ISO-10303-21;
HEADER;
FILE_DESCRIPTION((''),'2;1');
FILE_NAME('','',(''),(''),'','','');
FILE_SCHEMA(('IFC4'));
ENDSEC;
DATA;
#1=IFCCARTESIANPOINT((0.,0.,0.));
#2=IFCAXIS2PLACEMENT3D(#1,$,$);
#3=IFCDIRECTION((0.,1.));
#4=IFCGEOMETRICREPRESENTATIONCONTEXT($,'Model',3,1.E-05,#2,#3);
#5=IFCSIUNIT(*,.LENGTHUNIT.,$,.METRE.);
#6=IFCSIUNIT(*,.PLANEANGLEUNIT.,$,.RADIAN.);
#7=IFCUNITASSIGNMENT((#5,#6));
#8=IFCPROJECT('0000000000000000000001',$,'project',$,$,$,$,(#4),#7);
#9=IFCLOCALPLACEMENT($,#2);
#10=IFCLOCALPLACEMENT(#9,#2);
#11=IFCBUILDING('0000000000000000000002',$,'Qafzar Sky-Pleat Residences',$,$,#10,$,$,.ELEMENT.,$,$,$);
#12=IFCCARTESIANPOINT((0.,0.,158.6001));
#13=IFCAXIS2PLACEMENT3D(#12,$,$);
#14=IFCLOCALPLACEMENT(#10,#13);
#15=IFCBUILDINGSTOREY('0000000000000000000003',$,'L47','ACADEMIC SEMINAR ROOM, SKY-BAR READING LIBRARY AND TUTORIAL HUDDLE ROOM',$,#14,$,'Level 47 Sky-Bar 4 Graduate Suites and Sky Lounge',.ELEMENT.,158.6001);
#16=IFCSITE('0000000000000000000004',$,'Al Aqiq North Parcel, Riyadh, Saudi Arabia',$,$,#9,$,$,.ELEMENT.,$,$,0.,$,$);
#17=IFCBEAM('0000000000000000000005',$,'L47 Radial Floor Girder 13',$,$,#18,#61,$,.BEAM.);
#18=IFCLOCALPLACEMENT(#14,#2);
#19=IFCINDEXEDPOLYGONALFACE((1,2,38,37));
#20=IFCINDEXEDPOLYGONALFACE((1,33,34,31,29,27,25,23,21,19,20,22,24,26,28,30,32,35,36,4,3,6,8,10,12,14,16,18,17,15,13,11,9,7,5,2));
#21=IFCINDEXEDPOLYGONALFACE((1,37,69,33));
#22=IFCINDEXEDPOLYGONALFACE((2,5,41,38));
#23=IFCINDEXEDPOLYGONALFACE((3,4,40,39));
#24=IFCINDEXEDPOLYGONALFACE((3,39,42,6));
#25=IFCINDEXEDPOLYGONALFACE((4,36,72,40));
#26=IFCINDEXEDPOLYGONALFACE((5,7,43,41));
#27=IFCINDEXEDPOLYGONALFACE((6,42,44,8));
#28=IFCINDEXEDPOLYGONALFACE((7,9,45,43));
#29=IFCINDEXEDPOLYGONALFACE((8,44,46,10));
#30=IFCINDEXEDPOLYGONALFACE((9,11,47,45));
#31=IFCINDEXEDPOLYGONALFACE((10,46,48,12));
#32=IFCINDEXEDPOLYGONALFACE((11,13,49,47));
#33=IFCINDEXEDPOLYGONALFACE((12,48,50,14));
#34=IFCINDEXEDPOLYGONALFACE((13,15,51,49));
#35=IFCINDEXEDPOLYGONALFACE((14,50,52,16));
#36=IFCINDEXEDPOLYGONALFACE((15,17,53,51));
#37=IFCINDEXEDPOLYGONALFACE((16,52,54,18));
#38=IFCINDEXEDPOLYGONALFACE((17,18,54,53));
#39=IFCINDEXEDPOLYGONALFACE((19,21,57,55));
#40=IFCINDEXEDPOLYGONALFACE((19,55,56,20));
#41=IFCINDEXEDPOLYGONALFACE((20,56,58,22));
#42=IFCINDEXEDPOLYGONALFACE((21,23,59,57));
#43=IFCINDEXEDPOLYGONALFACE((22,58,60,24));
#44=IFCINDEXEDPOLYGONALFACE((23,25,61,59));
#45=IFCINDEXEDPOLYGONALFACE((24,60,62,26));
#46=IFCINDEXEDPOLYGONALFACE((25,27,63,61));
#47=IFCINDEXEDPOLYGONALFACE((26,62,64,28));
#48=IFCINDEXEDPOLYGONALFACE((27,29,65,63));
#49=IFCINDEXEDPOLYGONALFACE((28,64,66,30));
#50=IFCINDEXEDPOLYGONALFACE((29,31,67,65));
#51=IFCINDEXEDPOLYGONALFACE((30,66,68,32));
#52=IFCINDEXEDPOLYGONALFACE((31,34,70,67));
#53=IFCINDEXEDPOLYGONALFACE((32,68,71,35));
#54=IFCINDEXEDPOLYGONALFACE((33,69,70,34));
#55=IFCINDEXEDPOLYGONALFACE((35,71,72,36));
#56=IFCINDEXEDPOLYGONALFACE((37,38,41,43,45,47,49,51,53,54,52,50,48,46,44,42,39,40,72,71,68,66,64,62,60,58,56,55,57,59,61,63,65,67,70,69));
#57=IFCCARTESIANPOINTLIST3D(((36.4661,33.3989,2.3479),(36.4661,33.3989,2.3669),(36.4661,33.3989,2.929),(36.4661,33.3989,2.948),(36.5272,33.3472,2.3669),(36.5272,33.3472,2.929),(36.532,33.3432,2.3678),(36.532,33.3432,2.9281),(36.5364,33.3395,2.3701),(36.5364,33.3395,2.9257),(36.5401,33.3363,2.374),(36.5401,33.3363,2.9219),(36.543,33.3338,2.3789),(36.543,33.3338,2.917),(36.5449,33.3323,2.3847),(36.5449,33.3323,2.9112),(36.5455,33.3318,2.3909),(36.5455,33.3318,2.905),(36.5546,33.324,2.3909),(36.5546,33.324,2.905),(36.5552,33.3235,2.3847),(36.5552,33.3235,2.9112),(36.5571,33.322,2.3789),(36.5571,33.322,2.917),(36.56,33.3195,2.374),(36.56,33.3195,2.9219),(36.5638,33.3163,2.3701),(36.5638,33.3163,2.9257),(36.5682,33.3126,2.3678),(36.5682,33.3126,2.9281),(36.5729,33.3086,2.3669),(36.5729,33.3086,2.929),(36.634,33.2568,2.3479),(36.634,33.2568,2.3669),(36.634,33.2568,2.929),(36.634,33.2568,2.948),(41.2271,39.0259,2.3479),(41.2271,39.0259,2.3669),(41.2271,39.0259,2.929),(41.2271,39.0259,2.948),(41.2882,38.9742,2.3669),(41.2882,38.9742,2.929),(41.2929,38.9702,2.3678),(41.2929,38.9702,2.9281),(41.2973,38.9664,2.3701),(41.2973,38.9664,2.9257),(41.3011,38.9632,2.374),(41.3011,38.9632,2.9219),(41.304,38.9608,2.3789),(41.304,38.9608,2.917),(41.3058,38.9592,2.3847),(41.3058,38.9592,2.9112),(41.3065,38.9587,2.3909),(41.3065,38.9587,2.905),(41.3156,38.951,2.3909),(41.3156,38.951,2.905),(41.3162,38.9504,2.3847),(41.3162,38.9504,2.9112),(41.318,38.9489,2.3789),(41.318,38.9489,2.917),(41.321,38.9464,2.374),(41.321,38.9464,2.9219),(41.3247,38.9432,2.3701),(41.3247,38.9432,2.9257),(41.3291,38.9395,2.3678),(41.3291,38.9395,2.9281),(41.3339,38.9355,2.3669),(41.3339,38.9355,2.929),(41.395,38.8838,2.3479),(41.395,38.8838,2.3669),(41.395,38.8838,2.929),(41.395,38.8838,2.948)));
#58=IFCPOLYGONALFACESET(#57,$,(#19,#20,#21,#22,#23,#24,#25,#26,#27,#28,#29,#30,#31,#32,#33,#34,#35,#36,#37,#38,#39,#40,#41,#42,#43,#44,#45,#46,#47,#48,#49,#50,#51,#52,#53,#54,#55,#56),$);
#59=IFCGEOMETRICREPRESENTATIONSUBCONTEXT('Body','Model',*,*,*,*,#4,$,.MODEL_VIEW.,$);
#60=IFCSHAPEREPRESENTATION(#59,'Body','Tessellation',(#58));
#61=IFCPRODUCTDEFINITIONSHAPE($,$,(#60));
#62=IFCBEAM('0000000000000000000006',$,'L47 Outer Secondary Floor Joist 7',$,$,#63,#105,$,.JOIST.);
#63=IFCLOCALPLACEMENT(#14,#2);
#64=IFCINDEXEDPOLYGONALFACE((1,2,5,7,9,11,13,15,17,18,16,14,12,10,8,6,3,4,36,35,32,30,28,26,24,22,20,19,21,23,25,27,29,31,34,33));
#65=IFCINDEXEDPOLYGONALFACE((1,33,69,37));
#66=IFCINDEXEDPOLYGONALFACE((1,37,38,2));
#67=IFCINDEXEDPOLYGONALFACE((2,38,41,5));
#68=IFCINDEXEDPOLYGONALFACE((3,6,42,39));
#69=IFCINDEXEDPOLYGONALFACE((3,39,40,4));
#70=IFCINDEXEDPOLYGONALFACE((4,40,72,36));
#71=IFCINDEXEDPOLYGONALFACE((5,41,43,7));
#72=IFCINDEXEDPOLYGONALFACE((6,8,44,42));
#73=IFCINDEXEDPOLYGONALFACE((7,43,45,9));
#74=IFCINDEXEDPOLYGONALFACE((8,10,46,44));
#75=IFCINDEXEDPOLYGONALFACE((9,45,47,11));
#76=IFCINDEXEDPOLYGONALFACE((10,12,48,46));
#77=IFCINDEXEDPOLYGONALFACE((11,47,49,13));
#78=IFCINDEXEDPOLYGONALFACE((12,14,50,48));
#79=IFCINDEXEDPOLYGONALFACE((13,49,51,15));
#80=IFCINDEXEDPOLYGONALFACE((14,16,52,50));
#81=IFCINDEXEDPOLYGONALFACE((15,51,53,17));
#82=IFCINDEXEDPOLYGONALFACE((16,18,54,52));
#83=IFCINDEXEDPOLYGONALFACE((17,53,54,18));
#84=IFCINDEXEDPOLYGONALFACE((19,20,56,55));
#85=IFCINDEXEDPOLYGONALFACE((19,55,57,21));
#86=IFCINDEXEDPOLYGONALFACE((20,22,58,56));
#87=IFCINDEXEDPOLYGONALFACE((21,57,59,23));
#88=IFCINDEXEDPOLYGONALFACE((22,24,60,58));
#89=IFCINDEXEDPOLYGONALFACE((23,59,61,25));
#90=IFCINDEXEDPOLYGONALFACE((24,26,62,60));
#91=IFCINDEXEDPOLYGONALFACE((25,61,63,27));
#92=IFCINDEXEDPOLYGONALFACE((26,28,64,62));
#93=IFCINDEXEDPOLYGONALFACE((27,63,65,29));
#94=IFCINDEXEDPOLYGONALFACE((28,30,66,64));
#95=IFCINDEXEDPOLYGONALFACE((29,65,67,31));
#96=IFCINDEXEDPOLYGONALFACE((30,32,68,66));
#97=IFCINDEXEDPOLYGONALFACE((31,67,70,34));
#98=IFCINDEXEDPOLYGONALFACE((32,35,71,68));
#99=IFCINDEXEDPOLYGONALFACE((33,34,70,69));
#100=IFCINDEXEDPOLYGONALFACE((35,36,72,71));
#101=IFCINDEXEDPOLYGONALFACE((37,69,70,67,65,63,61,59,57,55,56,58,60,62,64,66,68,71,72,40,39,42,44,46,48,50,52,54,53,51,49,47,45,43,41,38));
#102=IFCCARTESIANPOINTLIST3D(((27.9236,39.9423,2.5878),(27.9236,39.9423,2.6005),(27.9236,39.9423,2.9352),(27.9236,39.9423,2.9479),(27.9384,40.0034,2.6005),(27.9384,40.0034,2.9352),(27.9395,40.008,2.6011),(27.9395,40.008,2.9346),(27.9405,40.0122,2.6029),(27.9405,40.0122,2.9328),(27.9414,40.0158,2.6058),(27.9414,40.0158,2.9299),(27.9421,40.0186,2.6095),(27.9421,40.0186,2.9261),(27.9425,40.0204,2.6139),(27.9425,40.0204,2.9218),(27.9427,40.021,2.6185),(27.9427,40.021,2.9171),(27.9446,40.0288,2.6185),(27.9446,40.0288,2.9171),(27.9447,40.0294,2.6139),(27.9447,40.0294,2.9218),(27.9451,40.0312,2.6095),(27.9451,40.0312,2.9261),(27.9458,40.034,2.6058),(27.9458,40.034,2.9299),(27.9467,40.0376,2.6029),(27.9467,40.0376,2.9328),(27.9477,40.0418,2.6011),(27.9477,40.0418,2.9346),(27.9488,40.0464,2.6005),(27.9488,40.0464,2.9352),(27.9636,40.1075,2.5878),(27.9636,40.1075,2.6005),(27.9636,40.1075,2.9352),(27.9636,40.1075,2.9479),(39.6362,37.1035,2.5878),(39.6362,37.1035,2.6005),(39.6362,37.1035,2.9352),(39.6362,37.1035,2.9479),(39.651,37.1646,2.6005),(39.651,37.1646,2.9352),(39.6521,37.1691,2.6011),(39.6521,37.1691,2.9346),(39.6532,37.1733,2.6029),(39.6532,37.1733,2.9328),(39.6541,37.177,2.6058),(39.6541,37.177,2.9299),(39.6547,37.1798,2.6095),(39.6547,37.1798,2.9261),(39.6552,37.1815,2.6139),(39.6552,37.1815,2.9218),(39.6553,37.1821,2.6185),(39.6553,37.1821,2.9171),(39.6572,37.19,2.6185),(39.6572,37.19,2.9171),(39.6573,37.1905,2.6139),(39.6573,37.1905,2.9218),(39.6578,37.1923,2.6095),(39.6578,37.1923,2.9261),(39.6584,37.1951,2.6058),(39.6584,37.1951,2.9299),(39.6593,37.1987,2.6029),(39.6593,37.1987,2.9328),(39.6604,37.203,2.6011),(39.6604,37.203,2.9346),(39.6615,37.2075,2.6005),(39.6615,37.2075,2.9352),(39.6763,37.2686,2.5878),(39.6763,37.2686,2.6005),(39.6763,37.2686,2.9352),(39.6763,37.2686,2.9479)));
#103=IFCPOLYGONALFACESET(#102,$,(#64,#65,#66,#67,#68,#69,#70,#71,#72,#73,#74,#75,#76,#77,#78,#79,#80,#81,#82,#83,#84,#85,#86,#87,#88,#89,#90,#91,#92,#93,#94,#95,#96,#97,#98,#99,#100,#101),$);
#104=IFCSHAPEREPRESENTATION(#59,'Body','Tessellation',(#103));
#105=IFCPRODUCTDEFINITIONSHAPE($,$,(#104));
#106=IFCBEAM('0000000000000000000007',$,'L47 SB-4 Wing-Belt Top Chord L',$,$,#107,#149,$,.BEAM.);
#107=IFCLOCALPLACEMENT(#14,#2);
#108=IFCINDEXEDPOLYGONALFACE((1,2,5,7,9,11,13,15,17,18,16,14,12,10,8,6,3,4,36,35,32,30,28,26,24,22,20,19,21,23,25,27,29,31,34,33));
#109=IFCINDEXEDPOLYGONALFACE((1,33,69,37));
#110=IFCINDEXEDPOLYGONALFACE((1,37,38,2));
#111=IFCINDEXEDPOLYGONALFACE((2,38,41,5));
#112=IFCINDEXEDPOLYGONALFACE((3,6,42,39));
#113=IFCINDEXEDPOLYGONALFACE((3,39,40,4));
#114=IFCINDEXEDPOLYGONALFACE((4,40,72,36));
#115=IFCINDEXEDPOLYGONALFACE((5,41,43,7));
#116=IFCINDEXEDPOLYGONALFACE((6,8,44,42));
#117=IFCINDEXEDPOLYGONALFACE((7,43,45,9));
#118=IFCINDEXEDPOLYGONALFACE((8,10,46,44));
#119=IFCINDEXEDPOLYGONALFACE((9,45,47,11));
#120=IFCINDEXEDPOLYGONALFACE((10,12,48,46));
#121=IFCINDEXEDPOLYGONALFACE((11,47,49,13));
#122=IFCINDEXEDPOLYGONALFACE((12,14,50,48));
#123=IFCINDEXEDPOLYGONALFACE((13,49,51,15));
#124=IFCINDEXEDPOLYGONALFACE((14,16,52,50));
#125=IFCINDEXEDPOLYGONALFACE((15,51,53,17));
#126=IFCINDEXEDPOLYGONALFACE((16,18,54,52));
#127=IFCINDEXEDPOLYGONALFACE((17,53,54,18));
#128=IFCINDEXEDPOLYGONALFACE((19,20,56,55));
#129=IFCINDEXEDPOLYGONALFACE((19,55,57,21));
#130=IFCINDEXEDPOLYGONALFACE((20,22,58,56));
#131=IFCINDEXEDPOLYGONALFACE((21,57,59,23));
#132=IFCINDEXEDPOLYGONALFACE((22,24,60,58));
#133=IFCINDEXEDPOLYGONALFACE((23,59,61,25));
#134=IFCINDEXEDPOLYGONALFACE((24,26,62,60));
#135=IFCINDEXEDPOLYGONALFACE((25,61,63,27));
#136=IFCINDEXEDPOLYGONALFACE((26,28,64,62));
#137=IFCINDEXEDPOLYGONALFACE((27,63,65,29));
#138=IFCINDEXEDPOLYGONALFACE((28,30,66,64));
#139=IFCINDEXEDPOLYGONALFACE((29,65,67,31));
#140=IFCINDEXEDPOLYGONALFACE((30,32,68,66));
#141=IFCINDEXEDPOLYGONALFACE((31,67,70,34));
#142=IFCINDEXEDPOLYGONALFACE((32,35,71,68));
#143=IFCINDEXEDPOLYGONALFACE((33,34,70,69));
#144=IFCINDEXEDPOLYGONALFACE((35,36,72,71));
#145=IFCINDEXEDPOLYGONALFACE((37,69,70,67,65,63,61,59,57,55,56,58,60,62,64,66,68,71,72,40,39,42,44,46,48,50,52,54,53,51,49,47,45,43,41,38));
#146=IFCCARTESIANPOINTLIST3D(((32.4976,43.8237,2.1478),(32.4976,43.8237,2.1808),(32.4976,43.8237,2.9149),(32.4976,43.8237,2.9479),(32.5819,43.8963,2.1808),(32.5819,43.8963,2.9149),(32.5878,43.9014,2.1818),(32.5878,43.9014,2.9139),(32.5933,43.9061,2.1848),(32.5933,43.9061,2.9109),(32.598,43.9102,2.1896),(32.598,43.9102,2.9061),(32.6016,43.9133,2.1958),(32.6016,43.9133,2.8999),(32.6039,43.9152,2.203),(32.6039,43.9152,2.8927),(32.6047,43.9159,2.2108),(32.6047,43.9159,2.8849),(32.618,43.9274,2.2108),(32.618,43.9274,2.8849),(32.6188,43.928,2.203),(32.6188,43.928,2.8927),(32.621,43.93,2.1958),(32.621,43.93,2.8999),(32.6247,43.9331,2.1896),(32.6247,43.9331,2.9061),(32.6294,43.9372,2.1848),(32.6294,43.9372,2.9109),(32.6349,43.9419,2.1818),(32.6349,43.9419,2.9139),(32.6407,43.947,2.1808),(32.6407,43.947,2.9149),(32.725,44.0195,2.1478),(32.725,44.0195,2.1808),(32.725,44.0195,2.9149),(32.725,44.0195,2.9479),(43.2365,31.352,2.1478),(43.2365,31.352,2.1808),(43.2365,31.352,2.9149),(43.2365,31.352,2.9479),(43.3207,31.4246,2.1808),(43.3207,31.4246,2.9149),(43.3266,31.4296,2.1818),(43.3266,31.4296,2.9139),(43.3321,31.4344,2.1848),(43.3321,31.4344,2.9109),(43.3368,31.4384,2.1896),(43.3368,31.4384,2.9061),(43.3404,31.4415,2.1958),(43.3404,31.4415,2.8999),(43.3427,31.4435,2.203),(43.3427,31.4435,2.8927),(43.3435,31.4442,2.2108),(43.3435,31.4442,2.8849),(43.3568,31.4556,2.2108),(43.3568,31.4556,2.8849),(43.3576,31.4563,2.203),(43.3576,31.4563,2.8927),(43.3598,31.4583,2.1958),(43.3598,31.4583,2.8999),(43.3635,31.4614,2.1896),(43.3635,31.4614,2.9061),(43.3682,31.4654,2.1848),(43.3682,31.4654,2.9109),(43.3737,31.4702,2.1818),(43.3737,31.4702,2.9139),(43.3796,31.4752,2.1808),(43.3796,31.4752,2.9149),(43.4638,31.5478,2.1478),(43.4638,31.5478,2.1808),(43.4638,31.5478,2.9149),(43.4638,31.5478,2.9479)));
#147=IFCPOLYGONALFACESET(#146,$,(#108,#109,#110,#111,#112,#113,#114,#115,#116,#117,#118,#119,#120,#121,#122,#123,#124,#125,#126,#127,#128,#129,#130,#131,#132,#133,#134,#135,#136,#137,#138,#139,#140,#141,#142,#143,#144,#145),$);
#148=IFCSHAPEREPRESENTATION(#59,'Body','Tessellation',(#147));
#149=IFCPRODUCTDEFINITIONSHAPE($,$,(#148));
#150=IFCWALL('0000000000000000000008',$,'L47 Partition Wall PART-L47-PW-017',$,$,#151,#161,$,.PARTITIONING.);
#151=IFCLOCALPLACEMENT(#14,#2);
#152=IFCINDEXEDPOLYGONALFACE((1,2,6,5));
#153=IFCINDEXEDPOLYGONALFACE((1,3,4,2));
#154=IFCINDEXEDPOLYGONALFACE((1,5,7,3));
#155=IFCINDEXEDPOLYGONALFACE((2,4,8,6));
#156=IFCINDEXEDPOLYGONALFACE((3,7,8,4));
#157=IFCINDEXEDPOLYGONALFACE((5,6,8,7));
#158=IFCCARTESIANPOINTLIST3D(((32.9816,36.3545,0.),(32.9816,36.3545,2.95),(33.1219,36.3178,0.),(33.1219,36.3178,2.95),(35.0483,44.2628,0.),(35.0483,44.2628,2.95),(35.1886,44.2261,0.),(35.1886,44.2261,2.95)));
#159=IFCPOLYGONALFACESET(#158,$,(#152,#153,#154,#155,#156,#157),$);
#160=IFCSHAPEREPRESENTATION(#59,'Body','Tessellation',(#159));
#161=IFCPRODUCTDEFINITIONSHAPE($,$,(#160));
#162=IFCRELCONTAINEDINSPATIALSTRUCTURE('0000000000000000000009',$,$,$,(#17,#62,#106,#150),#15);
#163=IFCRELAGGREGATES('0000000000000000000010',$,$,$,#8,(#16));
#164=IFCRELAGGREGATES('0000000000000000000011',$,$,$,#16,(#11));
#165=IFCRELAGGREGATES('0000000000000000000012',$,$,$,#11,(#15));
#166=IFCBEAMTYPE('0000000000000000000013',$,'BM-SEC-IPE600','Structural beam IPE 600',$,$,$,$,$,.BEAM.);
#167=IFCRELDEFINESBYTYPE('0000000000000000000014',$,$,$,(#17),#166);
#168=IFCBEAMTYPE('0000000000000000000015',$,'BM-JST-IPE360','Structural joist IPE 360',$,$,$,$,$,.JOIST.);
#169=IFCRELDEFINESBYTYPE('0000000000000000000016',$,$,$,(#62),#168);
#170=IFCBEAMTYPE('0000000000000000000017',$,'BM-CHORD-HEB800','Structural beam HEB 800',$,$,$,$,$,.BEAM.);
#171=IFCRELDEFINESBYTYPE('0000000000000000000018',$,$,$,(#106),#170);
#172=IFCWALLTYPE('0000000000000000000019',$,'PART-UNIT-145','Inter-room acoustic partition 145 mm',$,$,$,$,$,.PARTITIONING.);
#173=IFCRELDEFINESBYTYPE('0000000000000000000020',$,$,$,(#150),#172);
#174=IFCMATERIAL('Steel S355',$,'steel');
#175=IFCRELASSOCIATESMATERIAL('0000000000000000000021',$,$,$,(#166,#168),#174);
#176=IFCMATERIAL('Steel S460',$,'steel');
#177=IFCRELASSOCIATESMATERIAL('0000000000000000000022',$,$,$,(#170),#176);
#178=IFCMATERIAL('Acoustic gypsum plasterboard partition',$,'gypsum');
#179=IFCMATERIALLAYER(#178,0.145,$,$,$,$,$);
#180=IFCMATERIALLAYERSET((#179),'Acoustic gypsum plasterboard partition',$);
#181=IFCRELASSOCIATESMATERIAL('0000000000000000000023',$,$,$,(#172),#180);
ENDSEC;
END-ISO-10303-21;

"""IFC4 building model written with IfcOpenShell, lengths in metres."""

from ifc_helpers import new_model, si_unit, direction, frame, frame_2d, origin, origin_2d, place, context, subcontext, project, spatial, rectangle, i_section, extrude, source, transform, mapped, material, layer, layer_set, material_profile, profile_set, type_object, element, save


model = new_model("IFC4")

# Units and contexts
model_context = context("Model", 3, precision=1e-05, world=origin(), true_north=direction((0.0, 1.0)))
body_context = subcontext(model_context, "Body", "Model", "MODEL_VIEW")
ifc_project = project(units=[si_unit("LENGTHUNIT", "METRE"), si_unit("PLANEANGLEUNIT", "RADIAN")], contexts=[model_context])

# Site, building, storey
site_placement = place(None, origin())
site = spatial("IfcSite", under=ifc_project, at=site_placement, Name="Al Aqiq North Parcel, Riyadh, Saudi Arabia", CompositionType="ELEMENT", RefElevation=0.0)
building_placement = place(site_placement, origin())
building = spatial("IfcBuilding", under=site, at=building_placement, Name="Qafzar Sky-Pleat Residences", CompositionType="ELEMENT")
storey_placement = place(building_placement, frame((0.0, 0.0, 158.6001)))
storey = spatial("IfcBuildingStorey", under=building, at=storey_placement, Name="L47", Description="ACADEMIC SEMINAR ROOM, SKY-BAR READING LIBRARY AND TUTORIAL HUDDLE ROOM", LongName="Level 47 Sky-Bar 4 Graduate Suites and Sky Lounge", CompositionType="ELEMENT", Elevation=158.6001)

# Shared definitions
ifc_material_1 = material(Name="Steel S355", Category="steel")

# Beams
ifc_material_profile_1 = material_profile(ifc_material_1, i_section(OverallWidth=0.22, OverallDepth=0.6001, WebThickness=0.012, FlangeThickness=0.019, FilletRadius=0.0239, at=origin_2d()), Name="IPE 600")
ifc_profile_set_1 = profile_set([ifc_material_profile_1], Name="Steel S355")
beam_type_1 = type_object("IfcBeamType", Name="BM-SEC-IPE600", Description="Structural beam IPE 600", PredefinedType="BEAM", material=ifc_profile_set_1)
shared_shape_1 = source(origin(), body_context, "Body", "SweptSolid", [
    extrude(i_section(OverallWidth=0.22, OverallDepth=0.6001, WebThickness=0.012, FlangeThickness=0.019, FilletRadius=0.0239, at=origin_2d()), origin(), (0.0, 0.0, 1.0), 7.3708),
])
beam_1_placement = place(storey_placement, frame((41.311, 38.9548, 2.6479), z_axis=(-0.64592, -0.763405, 0.0), x_axis=(0.763405, -0.64592, 0.0)))
element("IfcBeam", 1, at=beam_1_placement, inside=storey, type_object=beam_type_1, Name="L47 Radial Floor Girder 13", PredefinedType="BEAM", context=body_context, shape_type="MappedRepresentation", body=[
    mapped(shared_shape_1, transform((0.0, 0.0, 0.0), x_axis=(1.0, 0.0, 0.0), y_axis=(0.0, 1.0, 0.0), z_axis=(0.0, 0.0, 1.0), scale=1.0)),
])
ifc_material_profile_2 = material_profile(ifc_material_1, i_section(OverallWidth=0.1699, OverallDepth=0.3601, WebThickness=0.0081, FlangeThickness=0.0127, FilletRadius=0.0181, at=origin_2d()), Name="IPE 360")
ifc_profile_set_2 = profile_set([ifc_material_profile_2], Name="Steel S355")
beam_type_2 = type_object("IfcBeamType", Name="BM-JST-IPE360", Description="Structural joist IPE 360", PredefinedType="JOIST", material=ifc_profile_set_2)
shared_shape_2 = source(origin(), body_context, "Body", "SweptSolid", [
    extrude(i_section(OverallWidth=0.1699, OverallDepth=0.3601, WebThickness=0.0081, FlangeThickness=0.0127, FilletRadius=0.0181, at=origin_2d()), origin(), (0.0, 0.0, 1.0), 12.0518),
])
beam_2_placement = place(storey_placement, frame((39.6562, 37.186, 2.7678), z_axis=(-0.971861, 0.235556, 0.0), x_axis=(-0.235556, -0.971861, 0.0)))
element("IfcBeam", 2, at=beam_2_placement, inside=storey, type_object=beam_type_2, Name="L47 Outer Secondary Floor Joist 7", PredefinedType="JOIST", context=body_context, shape_type="MappedRepresentation", body=[
    mapped(shared_shape_2, transform((0.0, 0.0, 0.0), x_axis=(1.0, 0.0, 0.0), y_axis=(0.0, 1.0, 0.0), z_axis=(0.0, 0.0, 1.0), scale=1.0)),
])
ifc_material_2 = material(Name="Steel S460", Category="steel")
ifc_material_profile_3 = material_profile(ifc_material_2, i_section(OverallWidth=0.3, OverallDepth=0.8, WebThickness=0.0176, FlangeThickness=0.033, FilletRadius=0.03, at=origin_2d()), Name="HEB 800")
ifc_profile_set_3 = profile_set([ifc_material_profile_3], Name="Steel S460")
beam_type_3 = type_object("IfcBeamType", Name="BM-CHORD-HEB800", Description="Structural beam HEB 800", PredefinedType="BEAM", material=ifc_profile_set_3)
shared_shape_3 = source(origin(), body_context, "Body", "SweptSolid", [
    extrude(i_section(OverallWidth=0.3, OverallDepth=0.8, WebThickness=0.0176, FlangeThickness=0.033, FilletRadius=0.03, at=origin_2d()), origin(), (0.0, 0.0, 1.0), 16.458),
])
beam_3_placement = place(storey_placement, frame((32.6113, 43.9216, 2.5479), z_axis=(0.652498, -0.757791, 0.0), x_axis=(0.757791, 0.652498, 0.0)))
element("IfcBeam", 3, at=beam_3_placement, inside=storey, type_object=beam_type_3, Name="L47 SB-4 Wing-Belt Top Chord L", PredefinedType="BEAM", context=body_context, shape_type="MappedRepresentation", body=[
    mapped(shared_shape_3, transform((0.0, 0.0, 0.0), x_axis=(1.0, 0.0, 0.0), y_axis=(0.0, 1.0, 0.0), z_axis=(0.0, 0.0, 1.0), scale=1.0)),
])

# Wall
ifc_material_3 = material(Name="Acoustic gypsum plasterboard partition", Category="gypsum")
ifc_layer_1 = layer(ifc_material_3, 0.145)
ifc_layer_set_1 = layer_set([ifc_layer_1], Name="Acoustic gypsum plasterboard partition")
wall_type_1 = type_object("IfcWallType", Name="PART-UNIT-145", Description="Inter-room acoustic partition 145 mm", PredefinedType="PARTITIONING", material=ifc_layer_set_1)
wall_1_placement = place(storey_placement, frame((33.0518, 36.3362, 0.0), z_axis=(0.0, 0.0, 1.0), x_axis=(0.252839, 0.967508, 0.0)))
element("IfcWall", 4, at=wall_1_placement, inside=storey, type_object=wall_type_1, Name="L47 Partition Wall PART-L47-PW-017", PredefinedType="PARTITIONING", context=body_context, shape_type="SweptSolid", body=[
    extrude(rectangle(XDim=8.1738, YDim=0.145, at=frame_2d((4.0869, 0.0))), origin(), (0.0, 0.0, 1.0), 2.95),
])

save(model, "model.ifc")
